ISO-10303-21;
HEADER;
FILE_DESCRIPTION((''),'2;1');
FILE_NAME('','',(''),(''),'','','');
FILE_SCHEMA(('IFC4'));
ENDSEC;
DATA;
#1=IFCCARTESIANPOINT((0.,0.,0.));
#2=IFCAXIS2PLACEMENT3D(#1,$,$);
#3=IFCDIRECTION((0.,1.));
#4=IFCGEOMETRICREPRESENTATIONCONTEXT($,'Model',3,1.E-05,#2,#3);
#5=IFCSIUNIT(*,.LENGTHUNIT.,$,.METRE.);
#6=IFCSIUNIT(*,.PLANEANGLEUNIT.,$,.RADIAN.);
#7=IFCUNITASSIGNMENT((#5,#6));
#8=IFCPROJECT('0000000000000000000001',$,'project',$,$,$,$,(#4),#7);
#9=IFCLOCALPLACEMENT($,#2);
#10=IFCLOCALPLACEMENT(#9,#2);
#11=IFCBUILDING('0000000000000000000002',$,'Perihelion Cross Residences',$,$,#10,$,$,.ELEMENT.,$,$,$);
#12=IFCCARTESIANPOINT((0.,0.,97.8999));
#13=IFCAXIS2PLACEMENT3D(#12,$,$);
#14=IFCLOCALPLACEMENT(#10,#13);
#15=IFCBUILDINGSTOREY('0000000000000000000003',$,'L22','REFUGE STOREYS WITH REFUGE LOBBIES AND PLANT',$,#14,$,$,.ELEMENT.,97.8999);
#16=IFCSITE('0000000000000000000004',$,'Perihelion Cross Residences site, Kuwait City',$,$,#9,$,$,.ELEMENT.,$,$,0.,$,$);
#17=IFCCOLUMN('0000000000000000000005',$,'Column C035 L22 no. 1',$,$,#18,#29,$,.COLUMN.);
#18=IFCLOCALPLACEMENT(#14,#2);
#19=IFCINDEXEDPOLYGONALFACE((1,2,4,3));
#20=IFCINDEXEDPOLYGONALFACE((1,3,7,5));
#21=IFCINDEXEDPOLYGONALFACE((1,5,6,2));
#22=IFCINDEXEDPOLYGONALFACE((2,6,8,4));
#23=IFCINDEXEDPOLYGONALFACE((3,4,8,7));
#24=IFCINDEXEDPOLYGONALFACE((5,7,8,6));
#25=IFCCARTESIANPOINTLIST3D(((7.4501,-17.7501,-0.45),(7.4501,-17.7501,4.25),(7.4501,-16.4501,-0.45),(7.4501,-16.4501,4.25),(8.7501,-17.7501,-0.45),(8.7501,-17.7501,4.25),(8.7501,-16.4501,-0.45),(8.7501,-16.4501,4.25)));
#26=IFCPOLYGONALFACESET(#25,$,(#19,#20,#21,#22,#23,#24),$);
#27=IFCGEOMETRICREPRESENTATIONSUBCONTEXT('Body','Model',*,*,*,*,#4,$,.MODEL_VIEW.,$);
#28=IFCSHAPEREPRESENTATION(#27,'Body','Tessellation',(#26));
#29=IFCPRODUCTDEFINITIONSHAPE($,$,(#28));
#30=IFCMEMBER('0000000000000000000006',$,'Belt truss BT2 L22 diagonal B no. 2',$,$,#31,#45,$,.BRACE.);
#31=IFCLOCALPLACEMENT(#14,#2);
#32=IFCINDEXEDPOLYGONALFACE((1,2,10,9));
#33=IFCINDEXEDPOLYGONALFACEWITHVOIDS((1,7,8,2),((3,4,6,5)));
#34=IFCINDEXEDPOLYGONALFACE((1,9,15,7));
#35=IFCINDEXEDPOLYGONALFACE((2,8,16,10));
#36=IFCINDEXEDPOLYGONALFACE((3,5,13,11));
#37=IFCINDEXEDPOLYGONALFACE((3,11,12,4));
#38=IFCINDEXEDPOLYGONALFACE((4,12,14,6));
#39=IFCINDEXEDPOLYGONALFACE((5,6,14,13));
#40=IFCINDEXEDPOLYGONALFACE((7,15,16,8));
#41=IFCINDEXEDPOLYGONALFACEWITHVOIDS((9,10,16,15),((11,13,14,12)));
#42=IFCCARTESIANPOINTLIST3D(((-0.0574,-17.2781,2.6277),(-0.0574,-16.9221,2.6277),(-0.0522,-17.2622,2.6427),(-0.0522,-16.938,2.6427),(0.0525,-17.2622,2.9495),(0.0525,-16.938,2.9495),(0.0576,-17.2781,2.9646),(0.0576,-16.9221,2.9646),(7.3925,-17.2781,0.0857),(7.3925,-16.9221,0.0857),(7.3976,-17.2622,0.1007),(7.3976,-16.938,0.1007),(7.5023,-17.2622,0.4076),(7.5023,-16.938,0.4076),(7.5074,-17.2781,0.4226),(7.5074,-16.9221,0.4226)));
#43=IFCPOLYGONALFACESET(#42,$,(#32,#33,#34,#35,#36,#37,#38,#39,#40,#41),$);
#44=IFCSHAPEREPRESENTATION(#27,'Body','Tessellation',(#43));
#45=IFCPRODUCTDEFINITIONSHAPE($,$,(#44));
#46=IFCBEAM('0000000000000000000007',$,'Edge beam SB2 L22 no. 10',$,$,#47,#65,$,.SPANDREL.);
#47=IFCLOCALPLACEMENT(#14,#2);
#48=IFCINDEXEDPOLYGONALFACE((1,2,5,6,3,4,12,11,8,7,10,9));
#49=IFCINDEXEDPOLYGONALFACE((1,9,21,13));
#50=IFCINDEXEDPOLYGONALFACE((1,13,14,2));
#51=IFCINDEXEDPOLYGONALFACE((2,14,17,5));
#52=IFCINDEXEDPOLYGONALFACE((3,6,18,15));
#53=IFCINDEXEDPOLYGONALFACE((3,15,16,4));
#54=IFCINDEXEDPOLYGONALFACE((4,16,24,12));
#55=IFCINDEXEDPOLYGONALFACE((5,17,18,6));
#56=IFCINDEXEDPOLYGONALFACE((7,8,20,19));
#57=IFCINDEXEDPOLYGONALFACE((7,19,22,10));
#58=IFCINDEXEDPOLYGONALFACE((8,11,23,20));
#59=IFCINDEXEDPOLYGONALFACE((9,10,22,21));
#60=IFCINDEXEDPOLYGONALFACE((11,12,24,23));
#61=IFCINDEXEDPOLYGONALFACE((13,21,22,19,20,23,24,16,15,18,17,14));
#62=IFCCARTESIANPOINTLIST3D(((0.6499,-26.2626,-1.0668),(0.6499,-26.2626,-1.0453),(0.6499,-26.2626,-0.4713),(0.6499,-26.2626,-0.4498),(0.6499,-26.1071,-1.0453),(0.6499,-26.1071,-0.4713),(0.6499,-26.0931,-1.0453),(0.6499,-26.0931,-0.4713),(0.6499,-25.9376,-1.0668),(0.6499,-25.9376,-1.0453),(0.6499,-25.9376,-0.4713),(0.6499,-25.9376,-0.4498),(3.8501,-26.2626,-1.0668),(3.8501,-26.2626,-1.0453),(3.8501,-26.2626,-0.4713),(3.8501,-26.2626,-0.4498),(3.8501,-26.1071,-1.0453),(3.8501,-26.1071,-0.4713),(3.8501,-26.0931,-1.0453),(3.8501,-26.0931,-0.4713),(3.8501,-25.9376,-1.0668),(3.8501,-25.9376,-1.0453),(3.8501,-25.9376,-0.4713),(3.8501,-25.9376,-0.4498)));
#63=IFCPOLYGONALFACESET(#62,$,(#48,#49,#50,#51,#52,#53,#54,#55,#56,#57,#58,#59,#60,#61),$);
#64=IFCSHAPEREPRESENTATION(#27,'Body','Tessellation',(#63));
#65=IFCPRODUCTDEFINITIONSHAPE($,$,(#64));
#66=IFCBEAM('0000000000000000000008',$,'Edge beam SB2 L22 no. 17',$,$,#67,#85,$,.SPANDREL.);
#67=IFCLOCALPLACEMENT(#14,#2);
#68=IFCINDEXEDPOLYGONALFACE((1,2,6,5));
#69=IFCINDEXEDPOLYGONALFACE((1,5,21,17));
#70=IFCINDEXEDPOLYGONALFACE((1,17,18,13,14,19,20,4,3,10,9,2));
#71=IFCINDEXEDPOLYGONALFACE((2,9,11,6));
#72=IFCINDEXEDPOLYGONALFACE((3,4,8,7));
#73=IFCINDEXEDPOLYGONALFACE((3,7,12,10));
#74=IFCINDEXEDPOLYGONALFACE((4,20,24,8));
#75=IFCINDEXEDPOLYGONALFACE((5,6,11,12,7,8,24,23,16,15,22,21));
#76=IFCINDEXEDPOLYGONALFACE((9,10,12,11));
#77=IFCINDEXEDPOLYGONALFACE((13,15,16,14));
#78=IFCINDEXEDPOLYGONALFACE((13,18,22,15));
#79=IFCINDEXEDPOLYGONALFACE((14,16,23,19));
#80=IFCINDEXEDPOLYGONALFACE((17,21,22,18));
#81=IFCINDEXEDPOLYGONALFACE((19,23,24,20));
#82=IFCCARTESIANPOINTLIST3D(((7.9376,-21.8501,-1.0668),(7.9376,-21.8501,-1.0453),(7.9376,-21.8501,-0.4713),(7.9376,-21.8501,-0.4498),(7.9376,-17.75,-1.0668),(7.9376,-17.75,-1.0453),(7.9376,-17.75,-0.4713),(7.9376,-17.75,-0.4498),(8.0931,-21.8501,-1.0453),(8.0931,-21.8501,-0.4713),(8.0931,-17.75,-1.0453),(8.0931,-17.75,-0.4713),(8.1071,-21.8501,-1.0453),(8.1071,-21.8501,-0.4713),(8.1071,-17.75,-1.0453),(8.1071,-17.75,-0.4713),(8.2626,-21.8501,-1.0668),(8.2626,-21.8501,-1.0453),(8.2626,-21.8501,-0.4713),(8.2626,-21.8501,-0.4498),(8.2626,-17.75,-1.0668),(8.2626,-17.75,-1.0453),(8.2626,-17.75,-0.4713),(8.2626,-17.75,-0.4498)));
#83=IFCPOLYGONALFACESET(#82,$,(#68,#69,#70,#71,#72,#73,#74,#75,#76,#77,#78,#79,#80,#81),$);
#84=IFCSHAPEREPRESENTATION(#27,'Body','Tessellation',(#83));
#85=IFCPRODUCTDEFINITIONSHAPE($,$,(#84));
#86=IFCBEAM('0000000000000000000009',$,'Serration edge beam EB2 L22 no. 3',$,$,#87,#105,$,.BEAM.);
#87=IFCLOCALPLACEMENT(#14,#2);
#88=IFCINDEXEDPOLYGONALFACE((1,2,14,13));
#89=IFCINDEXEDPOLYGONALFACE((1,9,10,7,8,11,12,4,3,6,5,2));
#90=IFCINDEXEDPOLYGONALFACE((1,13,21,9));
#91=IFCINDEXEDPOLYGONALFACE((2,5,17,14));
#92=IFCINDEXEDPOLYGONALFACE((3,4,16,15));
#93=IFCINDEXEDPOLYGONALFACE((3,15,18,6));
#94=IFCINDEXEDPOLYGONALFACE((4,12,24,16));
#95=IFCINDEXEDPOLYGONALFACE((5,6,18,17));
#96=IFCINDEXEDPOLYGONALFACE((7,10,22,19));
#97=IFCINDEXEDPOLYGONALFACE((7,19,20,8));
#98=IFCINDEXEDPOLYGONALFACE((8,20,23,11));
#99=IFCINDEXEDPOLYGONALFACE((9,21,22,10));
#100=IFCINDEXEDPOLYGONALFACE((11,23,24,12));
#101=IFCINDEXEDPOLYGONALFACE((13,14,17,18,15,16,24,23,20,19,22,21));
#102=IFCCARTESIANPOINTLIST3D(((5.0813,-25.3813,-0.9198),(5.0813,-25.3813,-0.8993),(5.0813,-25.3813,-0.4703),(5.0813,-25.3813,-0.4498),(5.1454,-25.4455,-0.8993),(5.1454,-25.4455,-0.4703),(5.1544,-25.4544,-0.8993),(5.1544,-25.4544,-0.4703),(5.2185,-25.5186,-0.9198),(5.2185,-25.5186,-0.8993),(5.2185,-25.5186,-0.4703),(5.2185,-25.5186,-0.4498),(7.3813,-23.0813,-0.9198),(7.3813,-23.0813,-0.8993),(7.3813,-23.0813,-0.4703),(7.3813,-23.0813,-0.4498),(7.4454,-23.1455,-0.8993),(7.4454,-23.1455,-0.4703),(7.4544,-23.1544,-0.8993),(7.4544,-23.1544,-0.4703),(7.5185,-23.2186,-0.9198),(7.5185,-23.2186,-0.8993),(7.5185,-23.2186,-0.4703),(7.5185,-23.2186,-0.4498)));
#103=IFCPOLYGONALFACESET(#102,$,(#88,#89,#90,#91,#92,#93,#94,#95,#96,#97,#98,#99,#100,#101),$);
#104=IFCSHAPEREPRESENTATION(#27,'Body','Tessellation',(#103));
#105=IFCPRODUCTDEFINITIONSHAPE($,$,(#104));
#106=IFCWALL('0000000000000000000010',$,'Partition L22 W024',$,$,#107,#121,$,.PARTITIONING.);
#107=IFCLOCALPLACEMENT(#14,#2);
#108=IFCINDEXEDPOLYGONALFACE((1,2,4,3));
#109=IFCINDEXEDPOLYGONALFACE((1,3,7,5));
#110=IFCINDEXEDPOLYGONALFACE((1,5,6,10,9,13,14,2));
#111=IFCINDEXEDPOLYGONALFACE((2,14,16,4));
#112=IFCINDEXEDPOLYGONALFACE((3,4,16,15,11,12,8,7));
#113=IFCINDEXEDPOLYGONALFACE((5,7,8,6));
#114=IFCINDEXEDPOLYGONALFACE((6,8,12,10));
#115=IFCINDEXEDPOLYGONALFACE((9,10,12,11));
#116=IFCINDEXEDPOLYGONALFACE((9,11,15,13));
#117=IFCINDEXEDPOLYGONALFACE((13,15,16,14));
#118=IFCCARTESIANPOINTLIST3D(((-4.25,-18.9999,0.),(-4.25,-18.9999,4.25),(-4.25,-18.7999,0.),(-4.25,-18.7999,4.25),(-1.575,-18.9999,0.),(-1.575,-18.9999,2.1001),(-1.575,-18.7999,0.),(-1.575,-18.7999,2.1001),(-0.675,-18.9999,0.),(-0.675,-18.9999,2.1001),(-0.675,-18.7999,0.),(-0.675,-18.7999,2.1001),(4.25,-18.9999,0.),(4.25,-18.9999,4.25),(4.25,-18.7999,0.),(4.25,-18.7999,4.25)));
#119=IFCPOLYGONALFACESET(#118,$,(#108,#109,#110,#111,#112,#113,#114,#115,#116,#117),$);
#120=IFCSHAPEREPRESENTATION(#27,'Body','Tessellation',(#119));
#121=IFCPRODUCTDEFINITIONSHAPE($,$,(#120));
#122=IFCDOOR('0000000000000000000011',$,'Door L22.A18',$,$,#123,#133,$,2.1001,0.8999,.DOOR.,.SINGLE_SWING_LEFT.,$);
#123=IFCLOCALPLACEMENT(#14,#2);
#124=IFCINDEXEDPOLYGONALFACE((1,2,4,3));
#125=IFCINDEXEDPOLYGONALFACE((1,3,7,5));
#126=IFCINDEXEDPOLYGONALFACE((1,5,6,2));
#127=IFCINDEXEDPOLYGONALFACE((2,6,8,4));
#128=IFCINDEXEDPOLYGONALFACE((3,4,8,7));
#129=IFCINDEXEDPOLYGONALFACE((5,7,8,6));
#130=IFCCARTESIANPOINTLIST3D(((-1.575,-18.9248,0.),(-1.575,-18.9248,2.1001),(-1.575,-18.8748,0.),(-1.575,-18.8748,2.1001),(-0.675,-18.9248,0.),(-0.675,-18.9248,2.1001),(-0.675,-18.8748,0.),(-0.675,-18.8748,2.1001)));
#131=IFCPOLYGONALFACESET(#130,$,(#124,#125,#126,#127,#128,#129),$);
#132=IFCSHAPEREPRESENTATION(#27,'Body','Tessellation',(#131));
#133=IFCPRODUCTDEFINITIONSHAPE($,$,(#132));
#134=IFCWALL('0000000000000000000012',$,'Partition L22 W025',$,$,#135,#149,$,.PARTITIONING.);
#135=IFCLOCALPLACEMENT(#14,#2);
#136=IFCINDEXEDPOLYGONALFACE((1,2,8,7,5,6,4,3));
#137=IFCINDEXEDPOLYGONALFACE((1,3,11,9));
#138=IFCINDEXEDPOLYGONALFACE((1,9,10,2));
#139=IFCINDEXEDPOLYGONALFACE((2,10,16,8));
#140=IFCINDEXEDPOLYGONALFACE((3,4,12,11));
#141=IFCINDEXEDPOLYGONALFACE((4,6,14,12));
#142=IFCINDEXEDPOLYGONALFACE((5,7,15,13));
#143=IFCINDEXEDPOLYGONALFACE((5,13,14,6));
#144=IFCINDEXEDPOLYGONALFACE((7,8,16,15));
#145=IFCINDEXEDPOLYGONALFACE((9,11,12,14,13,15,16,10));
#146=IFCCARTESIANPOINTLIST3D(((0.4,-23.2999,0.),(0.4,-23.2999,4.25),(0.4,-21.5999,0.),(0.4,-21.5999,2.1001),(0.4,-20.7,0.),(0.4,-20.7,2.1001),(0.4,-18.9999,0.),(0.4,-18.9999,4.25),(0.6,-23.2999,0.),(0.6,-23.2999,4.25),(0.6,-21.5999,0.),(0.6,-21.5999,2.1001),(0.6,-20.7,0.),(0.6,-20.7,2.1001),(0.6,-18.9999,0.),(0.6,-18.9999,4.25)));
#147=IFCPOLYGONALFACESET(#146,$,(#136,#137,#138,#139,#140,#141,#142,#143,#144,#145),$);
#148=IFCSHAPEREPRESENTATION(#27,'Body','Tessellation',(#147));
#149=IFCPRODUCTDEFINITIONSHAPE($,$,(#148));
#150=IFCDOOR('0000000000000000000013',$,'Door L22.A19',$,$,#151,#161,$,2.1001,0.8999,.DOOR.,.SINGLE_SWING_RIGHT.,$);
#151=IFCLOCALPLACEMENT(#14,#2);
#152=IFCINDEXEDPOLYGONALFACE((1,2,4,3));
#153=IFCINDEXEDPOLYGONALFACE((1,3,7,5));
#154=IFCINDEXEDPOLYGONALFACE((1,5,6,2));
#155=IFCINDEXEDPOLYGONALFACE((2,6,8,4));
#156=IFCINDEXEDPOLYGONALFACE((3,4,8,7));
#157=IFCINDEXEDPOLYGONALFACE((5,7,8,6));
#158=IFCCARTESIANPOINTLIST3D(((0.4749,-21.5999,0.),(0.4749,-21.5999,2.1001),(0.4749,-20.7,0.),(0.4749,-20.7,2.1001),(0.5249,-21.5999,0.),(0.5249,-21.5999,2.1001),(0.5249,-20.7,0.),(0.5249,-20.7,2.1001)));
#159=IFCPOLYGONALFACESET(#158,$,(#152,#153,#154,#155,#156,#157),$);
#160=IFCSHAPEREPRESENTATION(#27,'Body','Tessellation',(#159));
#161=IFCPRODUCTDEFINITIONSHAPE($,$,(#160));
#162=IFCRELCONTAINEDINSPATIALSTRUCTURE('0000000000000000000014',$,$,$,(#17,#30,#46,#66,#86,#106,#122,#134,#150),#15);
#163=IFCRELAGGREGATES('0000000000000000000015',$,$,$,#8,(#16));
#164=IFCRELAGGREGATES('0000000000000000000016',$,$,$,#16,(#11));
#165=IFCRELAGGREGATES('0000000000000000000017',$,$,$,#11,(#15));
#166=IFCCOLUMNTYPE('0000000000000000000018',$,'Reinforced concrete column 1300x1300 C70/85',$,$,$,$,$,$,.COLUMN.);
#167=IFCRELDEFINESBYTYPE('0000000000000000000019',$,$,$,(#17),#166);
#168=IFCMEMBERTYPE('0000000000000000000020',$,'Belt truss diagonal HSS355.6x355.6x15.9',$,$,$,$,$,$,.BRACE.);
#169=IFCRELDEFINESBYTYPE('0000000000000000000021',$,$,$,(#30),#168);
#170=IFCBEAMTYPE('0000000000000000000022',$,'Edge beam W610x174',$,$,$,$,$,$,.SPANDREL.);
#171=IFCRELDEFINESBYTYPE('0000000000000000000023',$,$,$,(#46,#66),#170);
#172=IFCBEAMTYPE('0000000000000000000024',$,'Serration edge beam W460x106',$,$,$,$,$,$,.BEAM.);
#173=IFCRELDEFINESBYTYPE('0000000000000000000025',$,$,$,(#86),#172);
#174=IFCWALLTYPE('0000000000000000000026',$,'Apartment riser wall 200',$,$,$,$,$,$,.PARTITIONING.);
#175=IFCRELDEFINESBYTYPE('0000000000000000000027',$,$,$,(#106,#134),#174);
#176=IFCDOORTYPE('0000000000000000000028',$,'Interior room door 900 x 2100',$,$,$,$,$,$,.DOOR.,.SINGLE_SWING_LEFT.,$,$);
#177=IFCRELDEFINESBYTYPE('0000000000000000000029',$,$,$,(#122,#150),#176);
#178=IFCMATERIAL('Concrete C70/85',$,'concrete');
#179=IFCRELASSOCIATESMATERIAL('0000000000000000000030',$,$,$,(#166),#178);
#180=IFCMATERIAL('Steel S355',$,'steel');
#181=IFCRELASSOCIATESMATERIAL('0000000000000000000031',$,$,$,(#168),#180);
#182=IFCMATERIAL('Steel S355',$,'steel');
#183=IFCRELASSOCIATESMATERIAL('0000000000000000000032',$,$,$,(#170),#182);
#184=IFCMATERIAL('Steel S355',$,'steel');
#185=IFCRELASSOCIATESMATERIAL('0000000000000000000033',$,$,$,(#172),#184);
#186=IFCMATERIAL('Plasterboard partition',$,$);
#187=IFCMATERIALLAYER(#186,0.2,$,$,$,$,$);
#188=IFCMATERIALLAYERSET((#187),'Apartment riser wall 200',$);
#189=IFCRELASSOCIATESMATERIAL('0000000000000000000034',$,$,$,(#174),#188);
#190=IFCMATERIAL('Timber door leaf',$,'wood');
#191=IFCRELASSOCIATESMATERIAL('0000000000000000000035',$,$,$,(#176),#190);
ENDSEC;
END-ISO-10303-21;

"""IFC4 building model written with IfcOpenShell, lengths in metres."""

from ifc_helpers import new_model, si_unit, direction, frame, frame_2d, origin, origin_2d, place, context, subcontext, project, spatial, rectangle, hollow_rectangle, i_section, extrude, material, layer, layer_set, material_profile, profile_set, type_object, element, fill, save


model = new_model("IFC4")

# Units and contexts
model_context = context("Model", 3, precision=1e-05, world=origin(), true_north=direction((0.0, 1.0)))
body_context = subcontext(model_context, "Body", "Model", "MODEL_VIEW")
ifc_project = project(units=[si_unit("LENGTHUNIT", "METRE"), si_unit("PLANEANGLEUNIT", "RADIAN")], contexts=[model_context])

# Site, building, storey
site_placement = place(None, origin())
site = spatial("IfcSite", under=ifc_project, at=site_placement, Name="Perihelion Cross Residences site, Kuwait City", CompositionType="ELEMENT", RefElevation=0.0)
building_placement = place(site_placement, origin())
building = spatial("IfcBuilding", under=site, at=building_placement, Name="Perihelion Cross Residences", CompositionType="ELEMENT")
storey_placement = place(building_placement, frame((0.0, 0.0, 97.8999)))
storey = spatial("IfcBuildingStorey", under=building, at=storey_placement, Name="L22", Description="REFUGE STOREYS WITH REFUGE LOBBIES AND PLANT", CompositionType="ELEMENT", Elevation=97.8999)

# Column
ifc_material_1 = material(Name="Concrete C70/85", Category="concrete")
ifc_material_profile_1 = material_profile(ifc_material_1, rectangle(XDim=1.3, YDim=1.3, at=origin_2d()), Name="RC 1300x1300")
ifc_profile_set_1 = profile_set([ifc_material_profile_1], Name="Concrete C70/85")
column_type = type_object("IfcColumnType", Name="Reinforced concrete column 1300x1300 C70/85", PredefinedType="COLUMN", material=ifc_profile_set_1)
column_placement = place(storey_placement, frame((8.1001, -17.1001, -0.45), z_axis=(0.0, 0.0, 1.0), x_axis=(1.0, 0.0, 0.0)))
element("IfcColumn", 1, at=column_placement, inside=storey, type_object=column_type, Name="Column C035 L22 no. 1", PredefinedType="COLUMN", context=body_context, shape_type="SweptSolid", body=[
    extrude(rectangle(XDim=1.3, YDim=1.3, at=origin_2d()), origin(), (0.0, 0.0, 1.0), 4.7),
])

# Member
ifc_material_2 = material(Name="Steel S355", Category="steel")
ifc_material_profile_2 = material_profile(ifc_material_2, hollow_rectangle(XDim=0.356, YDim=0.356, WallThickness=0.0159, at=origin_2d()), Name="HSS355.6x355.6x15.9")
ifc_profile_set_2 = profile_set([ifc_material_profile_2], Name="Steel S355")
member_type = type_object("IfcMemberType", Name="Belt truss diagonal HSS355.6x355.6x15.9", PredefinedType="BRACE", material=ifc_profile_set_2)
member_placement = place(storey_placement, frame((7.45, -17.1001, 0.2542), z_axis=(-0.946423, 0.0, 0.322928), x_axis=(0.0, -1.0, 0.0)))
element("IfcMember", 2, at=member_placement, inside=storey, type_object=member_type, Name="Belt truss BT2 L22 diagonal B no. 2", PredefinedType="BRACE", context=body_context, shape_type="SweptSolid", body=[
    extrude(hollow_rectangle(XDim=0.356, YDim=0.356, WallThickness=0.0159, at=origin_2d()), origin(), (0.0, 0.0, 1.0), 7.8716),
])

# Beams
ifc_material_3 = material(Name="Steel S355", Category="steel")
ifc_material_profile_3 = material_profile(ifc_material_3, i_section(OverallWidth=0.325, OverallDepth=0.6169, WebThickness=0.0139, FlangeThickness=0.0215, at=origin_2d()), Name="W610x174")
ifc_profile_set_3 = profile_set([ifc_material_profile_3], Name="Steel S355")
beam_type_1 = type_object("IfcBeamType", Name="Edge beam W610x174", PredefinedType="SPANDREL", material=ifc_profile_set_3)
beam_1_placement = place(storey_placement, frame((0.6499, -26.1001, -0.7583), z_axis=(1.0, 0.0, 0.0), x_axis=(0.0, 1.0, 0.0)))
element("IfcBeam", 3, at=beam_1_placement, inside=storey, type_object=beam_type_1, Name="Edge beam SB2 L22 no. 10", PredefinedType="SPANDREL", context=body_context, shape_type="SweptSolid", body=[
    extrude(i_section(OverallWidth=0.325, OverallDepth=0.6169, WebThickness=0.0139, FlangeThickness=0.0215, at=origin_2d()), origin(), (0.0, 0.0, 1.0), 3.2002),
])
beam_2_placement = place(storey_placement, frame((8.1001, -21.8501, -0.7583), z_axis=(0.0, 1.0, 0.0), x_axis=(-1.0, 0.0, 0.0)))
element("IfcBeam", 4, at=beam_2_placement, inside=storey, type_object=beam_type_1, Name="Edge beam SB2 L22 no. 17", PredefinedType="SPANDREL", context=body_context, shape_type="SweptSolid", body=[
    extrude(i_section(OverallWidth=0.325, OverallDepth=0.6169, WebThickness=0.0139, FlangeThickness=0.0215, at=origin_2d()), origin(), (0.0, 0.0, 1.0), 4.1001),
])
ifc_material_4 = material(Name="Steel S355", Category="steel")
ifc_material_profile_4 = material_profile(ifc_material_4, i_section(OverallWidth=0.1941, OverallDepth=0.47, WebThickness=0.0127, FlangeThickness=0.0205, at=origin_2d()), Name="W460x106")
ifc_profile_set_4 = profile_set([ifc_material_profile_4], Name="Steel S355")
beam_type_2 = type_object("IfcBeamType", Name="Serration edge beam W460x106", PredefinedType="BEAM", material=ifc_profile_set_4)
beam_3_placement = place(storey_placement, frame((5.1499, -25.45, -0.6848), z_axis=(0.707107, 0.707107, 0.0), x_axis=(-0.707107, 0.707107, 0.0)))
element("IfcBeam", 5, at=beam_3_placement, inside=storey, type_object=beam_type_2, Name="Serration edge beam EB2 L22 no. 3", PredefinedType="BEAM", context=body_context, shape_type="SweptSolid", body=[
    extrude(i_section(OverallWidth=0.1941, OverallDepth=0.47, WebThickness=0.0127, FlangeThickness=0.0205, at=origin_2d()), origin(), (0.0, 0.0, 1.0), 3.2527),
])

# Walls, openings, doors
ifc_material_5 = material(Name="Plasterboard partition")
ifc_layer_1 = layer(ifc_material_5, 0.2)
ifc_layer_set_1 = layer_set([ifc_layer_1], Name="Apartment riser wall 200")
wall_type_1 = type_object("IfcWallType", Name="Apartment riser wall 200", PredefinedType="PARTITIONING", material=ifc_layer_set_1)
wall_1_placement = place(storey_placement, frame((4.25, -18.8999, 0.0), z_axis=(0.0, 0.0, 1.0), x_axis=(-1.0, 0.0, 0.0)))
wall_1 = element("IfcWall", 6, at=wall_1_placement, inside=storey, type_object=wall_type_1, Name="Partition L22 W024", PredefinedType="PARTITIONING", context=body_context, shape_type="SweptSolid", body=[
    extrude(rectangle(XDim=8.5, YDim=0.2, at=frame_2d((4.25, 0.0))), origin(), (0.0, 0.0, 1.0), 4.25),
])
opening_1_placement = place(wall_1_placement, frame((4.925, 0.0, 0.0)))
opening_1 = element("IfcOpeningElement", 7, at=opening_1_placement, cuts=wall_1, PredefinedType="OPENING", context=body_context, shape_type="SweptSolid", body=[
    extrude(rectangle(XDim=0.8999, YDim=2.1001, at=frame_2d((0.45, 1.05))), frame((0.0, 0.1099, 0.0), z_axis=(0.0, -1.0, 0.0), x_axis=(1.0, 0.0, 0.0)), (0.0, 0.0, 1.0), 0.22),
])
ifc_material_6 = material(Name="Timber door leaf", Category="wood")
door_type = type_object("IfcDoorType", Name="Interior room door 900 x 2100", OperationType="SINGLE_SWING_LEFT", PredefinedType="DOOR", material=ifc_material_6)
door_1_placement = place(opening_1_placement, origin())
door_1 = element("IfcDoor", 8, at=door_1_placement, inside=storey, type_object=door_type, Name="Door L22.A18", OperationType="SINGLE_SWING_LEFT", OverallHeight=2.1001, OverallWidth=0.8999, PredefinedType="DOOR", context=body_context, shape_type="SweptSolid", body=[
    extrude(rectangle(XDim=0.8999, YDim=2.1001, at=frame_2d((0.45, 1.05))), frame((0.0, 0.0249, 0.0), z_axis=(0.0, -1.0, 0.0), x_axis=(1.0, 0.0, 0.0)), (0.0, 0.0, 1.0), 0.05),
])
fill(opening_1, door_1)
wall_2_placement = place(storey_placement, frame((0.5, -19.0, 0.0), z_axis=(0.0, 0.0, 1.0), x_axis=(0.0, -1.0, 0.0)))
wall_2 = element("IfcWall", 9, at=wall_2_placement, inside=storey, type_object=wall_type_1, Name="Partition L22 W025", PredefinedType="PARTITIONING", context=body_context, shape_type="SweptSolid", body=[
    extrude(rectangle(XDim=4.3, YDim=0.2, at=frame_2d((2.1499, 0.0))), origin(), (0.0, 0.0, 1.0), 4.25),
])
opening_2_placement = place(wall_2_placement, frame((1.7, 0.0, 0.0)))
opening_2 = element("IfcOpeningElement", 10, at=opening_2_placement, cuts=wall_2, PredefinedType="OPENING", context=body_context, shape_type="SweptSolid", body=[
    extrude(rectangle(XDim=0.8999, YDim=2.1001, at=frame_2d((0.45, 1.05))), frame((0.0, 0.1099, 0.0), z_axis=(0.0, -1.0, 0.0), x_axis=(1.0, 0.0, 0.0)), (0.0, 0.0, 1.0), 0.22),
])
door_2_placement = place(opening_2_placement, origin())
door_2 = element("IfcDoor", 11, at=door_2_placement, inside=storey, type_object=door_type, Name="Door L22.A19", OperationType="SINGLE_SWING_RIGHT", OverallHeight=2.1001, OverallWidth=0.8999, PredefinedType="DOOR", context=body_context, shape_type="SweptSolid", body=[
    extrude(rectangle(XDim=0.8999, YDim=2.1001, at=frame_2d((0.45, 1.05))), frame((0.0, 0.0249, 0.0), z_axis=(0.0, -1.0, 0.0), x_axis=(1.0, 0.0, 0.0)), (0.0, 0.0, 1.0), 0.05),
])
fill(opening_2, door_2)

save(model, "model.ifc")
